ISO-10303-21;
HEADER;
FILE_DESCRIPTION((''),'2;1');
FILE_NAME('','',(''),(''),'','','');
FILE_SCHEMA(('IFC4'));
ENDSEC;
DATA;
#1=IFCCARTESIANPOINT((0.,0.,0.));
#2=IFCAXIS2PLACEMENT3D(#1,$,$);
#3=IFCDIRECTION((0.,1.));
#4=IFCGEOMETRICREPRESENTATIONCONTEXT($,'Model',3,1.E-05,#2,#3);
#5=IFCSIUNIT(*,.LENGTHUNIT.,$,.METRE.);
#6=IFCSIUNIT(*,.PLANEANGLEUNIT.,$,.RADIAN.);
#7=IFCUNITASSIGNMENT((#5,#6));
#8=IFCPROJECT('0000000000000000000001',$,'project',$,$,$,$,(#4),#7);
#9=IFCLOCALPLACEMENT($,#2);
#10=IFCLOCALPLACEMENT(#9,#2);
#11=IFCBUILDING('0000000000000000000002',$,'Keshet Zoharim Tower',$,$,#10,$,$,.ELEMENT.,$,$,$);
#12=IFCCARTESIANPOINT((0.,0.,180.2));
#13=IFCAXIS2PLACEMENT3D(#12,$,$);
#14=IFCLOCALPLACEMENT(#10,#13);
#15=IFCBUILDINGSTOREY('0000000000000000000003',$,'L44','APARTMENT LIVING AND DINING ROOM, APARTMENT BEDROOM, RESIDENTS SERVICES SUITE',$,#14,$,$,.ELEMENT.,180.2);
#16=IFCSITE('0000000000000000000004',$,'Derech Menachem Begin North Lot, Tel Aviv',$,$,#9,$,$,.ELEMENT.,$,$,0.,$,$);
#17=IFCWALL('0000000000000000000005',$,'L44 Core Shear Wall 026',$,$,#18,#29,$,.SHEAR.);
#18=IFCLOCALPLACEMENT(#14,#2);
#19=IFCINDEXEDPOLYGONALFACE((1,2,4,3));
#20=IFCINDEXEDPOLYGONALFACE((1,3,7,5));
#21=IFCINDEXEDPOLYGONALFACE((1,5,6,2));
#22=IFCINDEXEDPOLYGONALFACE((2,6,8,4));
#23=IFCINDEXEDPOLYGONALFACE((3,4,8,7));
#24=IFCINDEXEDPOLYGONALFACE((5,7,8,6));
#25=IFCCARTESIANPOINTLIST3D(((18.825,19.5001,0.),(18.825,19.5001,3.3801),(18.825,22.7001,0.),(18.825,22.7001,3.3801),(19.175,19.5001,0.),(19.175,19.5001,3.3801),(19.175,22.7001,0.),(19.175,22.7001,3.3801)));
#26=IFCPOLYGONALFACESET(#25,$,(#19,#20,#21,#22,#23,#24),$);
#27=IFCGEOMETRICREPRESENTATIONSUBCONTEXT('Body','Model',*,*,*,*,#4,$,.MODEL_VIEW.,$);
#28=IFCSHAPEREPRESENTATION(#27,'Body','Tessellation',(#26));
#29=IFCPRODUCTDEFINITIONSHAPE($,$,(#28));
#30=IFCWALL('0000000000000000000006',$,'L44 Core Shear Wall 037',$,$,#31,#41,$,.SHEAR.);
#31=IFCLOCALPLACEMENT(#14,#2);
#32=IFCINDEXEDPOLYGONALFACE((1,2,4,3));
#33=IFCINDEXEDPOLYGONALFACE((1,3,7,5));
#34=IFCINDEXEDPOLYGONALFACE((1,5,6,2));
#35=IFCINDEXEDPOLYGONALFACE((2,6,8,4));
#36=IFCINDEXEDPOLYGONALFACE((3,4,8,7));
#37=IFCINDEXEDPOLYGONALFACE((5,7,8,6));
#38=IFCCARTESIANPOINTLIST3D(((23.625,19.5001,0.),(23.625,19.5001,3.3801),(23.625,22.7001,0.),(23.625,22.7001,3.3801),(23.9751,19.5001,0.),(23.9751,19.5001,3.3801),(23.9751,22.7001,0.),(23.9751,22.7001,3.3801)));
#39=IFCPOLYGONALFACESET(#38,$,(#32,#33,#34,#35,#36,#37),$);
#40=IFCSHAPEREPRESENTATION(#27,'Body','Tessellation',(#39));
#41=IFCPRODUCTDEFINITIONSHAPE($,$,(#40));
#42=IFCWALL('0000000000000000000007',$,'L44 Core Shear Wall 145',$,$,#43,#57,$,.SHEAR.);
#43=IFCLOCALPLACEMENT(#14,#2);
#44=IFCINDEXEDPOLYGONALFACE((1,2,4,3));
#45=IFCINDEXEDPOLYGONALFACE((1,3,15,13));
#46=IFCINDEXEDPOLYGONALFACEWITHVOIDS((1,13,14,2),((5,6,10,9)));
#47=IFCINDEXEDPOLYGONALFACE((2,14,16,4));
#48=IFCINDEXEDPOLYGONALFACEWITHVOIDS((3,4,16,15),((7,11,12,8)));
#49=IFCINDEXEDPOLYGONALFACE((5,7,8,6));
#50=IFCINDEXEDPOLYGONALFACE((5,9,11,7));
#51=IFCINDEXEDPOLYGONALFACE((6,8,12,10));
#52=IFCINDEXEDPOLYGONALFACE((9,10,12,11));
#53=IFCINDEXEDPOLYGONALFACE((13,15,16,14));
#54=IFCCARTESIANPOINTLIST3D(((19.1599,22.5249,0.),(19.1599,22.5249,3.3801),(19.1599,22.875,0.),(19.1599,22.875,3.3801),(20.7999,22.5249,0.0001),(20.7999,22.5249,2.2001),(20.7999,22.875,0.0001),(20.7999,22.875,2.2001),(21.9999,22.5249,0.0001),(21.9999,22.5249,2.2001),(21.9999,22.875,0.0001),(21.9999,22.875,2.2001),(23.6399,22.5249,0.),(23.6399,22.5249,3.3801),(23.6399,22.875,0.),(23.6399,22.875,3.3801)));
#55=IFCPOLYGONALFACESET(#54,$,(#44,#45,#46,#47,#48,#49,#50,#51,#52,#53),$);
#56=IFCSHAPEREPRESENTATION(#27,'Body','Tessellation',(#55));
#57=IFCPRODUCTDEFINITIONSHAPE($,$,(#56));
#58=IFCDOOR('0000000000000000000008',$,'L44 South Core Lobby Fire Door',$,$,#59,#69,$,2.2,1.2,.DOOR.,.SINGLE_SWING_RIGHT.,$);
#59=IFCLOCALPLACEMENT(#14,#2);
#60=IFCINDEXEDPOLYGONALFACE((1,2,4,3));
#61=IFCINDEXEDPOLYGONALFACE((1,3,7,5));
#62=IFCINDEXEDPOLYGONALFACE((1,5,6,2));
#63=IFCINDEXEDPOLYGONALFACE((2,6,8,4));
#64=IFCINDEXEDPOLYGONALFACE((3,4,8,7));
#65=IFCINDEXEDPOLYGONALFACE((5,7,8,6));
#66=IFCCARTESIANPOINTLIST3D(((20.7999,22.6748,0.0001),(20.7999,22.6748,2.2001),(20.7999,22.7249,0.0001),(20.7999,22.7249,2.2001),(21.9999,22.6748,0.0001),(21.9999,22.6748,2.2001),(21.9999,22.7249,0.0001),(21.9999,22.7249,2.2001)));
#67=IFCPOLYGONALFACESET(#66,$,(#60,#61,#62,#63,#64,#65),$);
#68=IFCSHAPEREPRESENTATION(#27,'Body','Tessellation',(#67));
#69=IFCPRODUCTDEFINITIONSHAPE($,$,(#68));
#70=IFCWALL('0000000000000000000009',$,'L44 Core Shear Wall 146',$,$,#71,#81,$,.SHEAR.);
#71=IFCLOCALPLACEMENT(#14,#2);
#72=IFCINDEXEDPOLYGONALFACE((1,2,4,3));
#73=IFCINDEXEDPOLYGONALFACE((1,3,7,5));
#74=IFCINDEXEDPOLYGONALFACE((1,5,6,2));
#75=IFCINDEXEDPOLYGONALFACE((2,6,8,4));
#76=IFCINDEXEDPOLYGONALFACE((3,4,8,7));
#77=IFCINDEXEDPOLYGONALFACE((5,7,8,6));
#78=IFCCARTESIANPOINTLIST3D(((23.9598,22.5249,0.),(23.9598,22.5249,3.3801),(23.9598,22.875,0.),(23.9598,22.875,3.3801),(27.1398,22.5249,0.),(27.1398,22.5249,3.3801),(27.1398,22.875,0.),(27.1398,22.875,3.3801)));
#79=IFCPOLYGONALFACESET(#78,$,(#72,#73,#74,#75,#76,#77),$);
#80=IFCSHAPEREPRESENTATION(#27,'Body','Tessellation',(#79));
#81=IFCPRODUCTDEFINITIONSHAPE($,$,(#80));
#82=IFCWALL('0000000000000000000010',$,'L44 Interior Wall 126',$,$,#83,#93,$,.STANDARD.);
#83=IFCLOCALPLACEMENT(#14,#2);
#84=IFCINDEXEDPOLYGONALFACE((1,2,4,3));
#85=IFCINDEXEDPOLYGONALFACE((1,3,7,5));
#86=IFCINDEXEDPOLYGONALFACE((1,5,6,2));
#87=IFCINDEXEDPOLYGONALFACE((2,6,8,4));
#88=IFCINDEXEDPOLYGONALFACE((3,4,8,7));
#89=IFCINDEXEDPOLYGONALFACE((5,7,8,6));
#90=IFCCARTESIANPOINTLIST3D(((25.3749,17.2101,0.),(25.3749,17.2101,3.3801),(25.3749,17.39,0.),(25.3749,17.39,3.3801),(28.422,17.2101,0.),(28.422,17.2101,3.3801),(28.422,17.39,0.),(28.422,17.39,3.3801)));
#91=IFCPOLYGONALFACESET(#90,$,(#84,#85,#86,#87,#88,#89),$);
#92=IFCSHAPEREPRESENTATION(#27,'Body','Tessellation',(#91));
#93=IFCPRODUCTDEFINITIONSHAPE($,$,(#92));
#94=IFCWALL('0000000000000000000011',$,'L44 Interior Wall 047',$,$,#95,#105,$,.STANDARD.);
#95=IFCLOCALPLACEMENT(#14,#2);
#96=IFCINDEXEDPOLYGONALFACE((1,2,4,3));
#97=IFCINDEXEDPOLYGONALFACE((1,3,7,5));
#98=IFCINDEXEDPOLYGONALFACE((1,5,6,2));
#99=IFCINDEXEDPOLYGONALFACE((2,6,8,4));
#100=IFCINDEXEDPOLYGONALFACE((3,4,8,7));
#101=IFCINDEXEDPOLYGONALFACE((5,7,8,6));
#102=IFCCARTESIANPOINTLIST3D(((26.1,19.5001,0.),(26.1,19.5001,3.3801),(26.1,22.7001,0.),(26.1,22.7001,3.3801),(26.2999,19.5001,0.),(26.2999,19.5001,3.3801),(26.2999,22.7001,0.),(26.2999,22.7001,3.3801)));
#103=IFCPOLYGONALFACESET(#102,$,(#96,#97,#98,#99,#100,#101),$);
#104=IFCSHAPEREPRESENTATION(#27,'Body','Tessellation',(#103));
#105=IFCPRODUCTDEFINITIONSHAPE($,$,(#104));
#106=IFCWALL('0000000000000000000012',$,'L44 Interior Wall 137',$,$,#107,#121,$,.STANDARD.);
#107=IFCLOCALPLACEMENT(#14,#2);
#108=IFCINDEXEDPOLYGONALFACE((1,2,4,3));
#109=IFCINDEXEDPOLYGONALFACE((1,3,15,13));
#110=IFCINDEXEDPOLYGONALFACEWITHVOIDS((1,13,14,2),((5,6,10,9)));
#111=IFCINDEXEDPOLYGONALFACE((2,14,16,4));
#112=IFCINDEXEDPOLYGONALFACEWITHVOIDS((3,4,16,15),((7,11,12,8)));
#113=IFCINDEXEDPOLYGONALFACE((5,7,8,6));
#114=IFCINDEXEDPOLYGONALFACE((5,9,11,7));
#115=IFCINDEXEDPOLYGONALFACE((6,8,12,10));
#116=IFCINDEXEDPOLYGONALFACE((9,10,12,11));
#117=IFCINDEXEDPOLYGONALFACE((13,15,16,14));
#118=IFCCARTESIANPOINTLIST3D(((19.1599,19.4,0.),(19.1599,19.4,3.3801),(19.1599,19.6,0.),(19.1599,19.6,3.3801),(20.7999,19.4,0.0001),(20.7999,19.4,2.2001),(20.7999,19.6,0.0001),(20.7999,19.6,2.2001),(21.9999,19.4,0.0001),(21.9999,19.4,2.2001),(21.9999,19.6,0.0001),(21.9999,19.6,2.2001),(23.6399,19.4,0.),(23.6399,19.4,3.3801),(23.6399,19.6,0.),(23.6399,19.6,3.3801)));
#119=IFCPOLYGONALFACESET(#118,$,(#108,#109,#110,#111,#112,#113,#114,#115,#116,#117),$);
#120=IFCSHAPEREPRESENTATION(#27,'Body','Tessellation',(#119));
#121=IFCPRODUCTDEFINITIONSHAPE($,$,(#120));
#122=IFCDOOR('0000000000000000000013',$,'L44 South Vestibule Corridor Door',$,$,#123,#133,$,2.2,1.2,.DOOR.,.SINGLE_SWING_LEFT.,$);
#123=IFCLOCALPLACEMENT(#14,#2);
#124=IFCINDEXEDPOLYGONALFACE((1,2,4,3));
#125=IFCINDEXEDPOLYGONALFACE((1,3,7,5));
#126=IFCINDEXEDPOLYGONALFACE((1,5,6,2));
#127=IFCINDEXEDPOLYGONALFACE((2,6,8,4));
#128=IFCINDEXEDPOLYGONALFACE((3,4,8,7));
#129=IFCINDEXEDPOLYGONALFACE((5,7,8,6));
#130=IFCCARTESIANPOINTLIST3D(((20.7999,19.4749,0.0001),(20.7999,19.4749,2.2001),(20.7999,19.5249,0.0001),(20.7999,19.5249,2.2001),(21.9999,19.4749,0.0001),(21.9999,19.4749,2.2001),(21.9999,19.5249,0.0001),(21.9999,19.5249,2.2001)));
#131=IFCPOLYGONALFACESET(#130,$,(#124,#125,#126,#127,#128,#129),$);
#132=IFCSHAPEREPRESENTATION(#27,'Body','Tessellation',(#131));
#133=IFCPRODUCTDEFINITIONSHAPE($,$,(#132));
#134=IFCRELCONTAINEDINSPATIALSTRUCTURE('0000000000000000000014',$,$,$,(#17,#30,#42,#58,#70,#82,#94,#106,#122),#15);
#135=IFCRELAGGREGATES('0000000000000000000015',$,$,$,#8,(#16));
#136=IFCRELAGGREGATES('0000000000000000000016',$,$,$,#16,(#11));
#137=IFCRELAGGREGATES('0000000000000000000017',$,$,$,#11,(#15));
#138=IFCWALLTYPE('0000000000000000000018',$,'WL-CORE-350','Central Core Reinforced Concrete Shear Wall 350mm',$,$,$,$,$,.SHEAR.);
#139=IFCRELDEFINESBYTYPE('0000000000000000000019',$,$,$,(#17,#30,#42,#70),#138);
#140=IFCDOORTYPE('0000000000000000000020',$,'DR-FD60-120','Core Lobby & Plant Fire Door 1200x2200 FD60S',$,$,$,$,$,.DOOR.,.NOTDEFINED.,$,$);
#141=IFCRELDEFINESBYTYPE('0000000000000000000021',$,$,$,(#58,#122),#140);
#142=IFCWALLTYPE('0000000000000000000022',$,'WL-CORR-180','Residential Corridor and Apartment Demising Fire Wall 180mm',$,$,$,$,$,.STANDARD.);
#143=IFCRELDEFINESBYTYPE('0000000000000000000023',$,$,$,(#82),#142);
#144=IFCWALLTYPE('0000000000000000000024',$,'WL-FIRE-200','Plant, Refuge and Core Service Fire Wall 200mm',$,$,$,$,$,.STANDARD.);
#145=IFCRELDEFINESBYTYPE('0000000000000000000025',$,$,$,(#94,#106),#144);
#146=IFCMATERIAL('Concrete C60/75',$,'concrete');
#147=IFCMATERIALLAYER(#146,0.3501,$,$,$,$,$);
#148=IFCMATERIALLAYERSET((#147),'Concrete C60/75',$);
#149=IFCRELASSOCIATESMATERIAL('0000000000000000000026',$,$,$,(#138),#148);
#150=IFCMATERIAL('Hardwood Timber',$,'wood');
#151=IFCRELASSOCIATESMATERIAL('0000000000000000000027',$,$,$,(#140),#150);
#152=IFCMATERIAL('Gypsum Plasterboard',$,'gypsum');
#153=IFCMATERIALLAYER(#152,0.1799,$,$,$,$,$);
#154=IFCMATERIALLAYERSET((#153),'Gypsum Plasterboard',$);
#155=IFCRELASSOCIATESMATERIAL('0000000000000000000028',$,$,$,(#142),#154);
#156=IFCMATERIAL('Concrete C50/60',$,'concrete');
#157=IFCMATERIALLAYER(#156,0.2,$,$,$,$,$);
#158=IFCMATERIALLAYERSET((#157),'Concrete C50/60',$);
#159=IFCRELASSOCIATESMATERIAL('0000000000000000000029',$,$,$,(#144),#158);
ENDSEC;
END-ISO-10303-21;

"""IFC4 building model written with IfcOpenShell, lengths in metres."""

from ifc_helpers import new_model, si_unit, direction, frame, frame_2d, origin, place, context, subcontext, project, spatial, rectangle, extrude, material, layer, layer_set, type_object, element, fill, save


model = new_model("IFC4")

# Units and contexts
model_context = context("Model", 3, precision=1e-05, world=origin(), true_north=direction((0.0, 1.0)))
body_context = subcontext(model_context, "Body", "Model", "MODEL_VIEW")
ifc_project = project(units=[si_unit("LENGTHUNIT", "METRE"), si_unit("PLANEANGLEUNIT", "RADIAN")], contexts=[model_context])

# Site, building, storey
site_placement = place(None, origin())
site = spatial("IfcSite", under=ifc_project, at=site_placement, Name="Derech Menachem Begin North Lot, Tel Aviv", CompositionType="ELEMENT", RefElevation=0.0)
building_placement = place(site_placement, origin())
building = spatial("IfcBuilding", under=site, at=building_placement, Name="Keshet Zoharim Tower", CompositionType="ELEMENT")
storey_placement = place(building_placement, frame((0.0, 0.0, 180.2)))
storey = spatial("IfcBuildingStorey", under=building, at=storey_placement, Name="L44", Description="APARTMENT LIVING AND DINING ROOM, APARTMENT BEDROOM, RESIDENTS SERVICES SUITE", CompositionType="ELEMENT", Elevation=180.2)

# Wall
ifc_material_1 = material(Name="Concrete C60/75", Category="concrete")
ifc_layer_1 = layer(ifc_material_1, 0.3501)
ifc_layer_set_1 = layer_set([ifc_layer_1], Name="Concrete C60/75")
wall_type_1 = type_object("IfcWallType", Name="WL-CORE-350", Description="Central Core Reinforced Concrete Shear Wall 350mm", PredefinedType="SHEAR", material=ifc_layer_set_1)
wall_1_placement = place(storey_placement, frame((19.0, 19.5, 0.0), z_axis=(0.0, 0.0, 1.0), x_axis=(0.0, 1.0, 0.0)))
element("IfcWall", 1, at=wall_1_placement, inside=storey, type_object=wall_type_1, Name="L44 Core Shear Wall 026", PredefinedType="SHEAR", context=body_context, shape_type="SweptSolid", body=[
    extrude(rectangle(XDim=3.2, YDim=0.3501, at=frame_2d((1.6001, 0.0))), origin(), (0.0, 0.0, 1.0), 3.3801),
])

# Shared definitions
ifc_material_2 = material(Name="Hardwood Timber", Category="wood")

# Wall
wall_2_placement = place(storey_placement, frame((23.8, 19.5, 0.0), z_axis=(0.0, 0.0, 1.0), x_axis=(0.0, 1.0, 0.0)))
element("IfcWall", 2, at=wall_2_placement, inside=storey, type_object=wall_type_1, Name="L44 Core Shear Wall 037", PredefinedType="SHEAR", context=body_context, shape_type="SweptSolid", body=[
    extrude(rectangle(XDim=3.2, YDim=0.3501, at=frame_2d((1.6001, 0.0))), origin(), (0.0, 0.0, 1.0), 3.3801),
])

# Wall, opening, door
wall_3_placement = place(storey_placement, frame((19.1599, 22.7, 0.0), z_axis=(0.0, 0.0, 1.0), x_axis=(1.0, 0.0, 0.0)))
wall_3 = element("IfcWall", 3, at=wall_3_placement, inside=storey, type_object=wall_type_1, Name="L44 Core Shear Wall 145", PredefinedType="SHEAR", context=body_context, shape_type="SweptSolid", body=[
    extrude(rectangle(XDim=4.48, YDim=0.3501, at=frame_2d((2.24, 0.0))), origin(), (0.0, 0.0, 1.0), 3.3801),
])
opening_1_placement = place(wall_3_placement, frame((1.6399, 0.0, 0.0)))
opening_1 = element("IfcOpeningElement", 4, at=opening_1_placement, cuts=wall_3, PredefinedType="OPENING", context=body_context, shape_type="SweptSolid", body=[
    extrude(rectangle(XDim=1.2, YDim=2.2, at=frame_2d((0.6001, 1.1001))), frame((0.0, 0.1851, 0.0), z_axis=(0.0, -1.0, 0.0), x_axis=(1.0, 0.0, 0.0)), (0.0, 0.0, 1.0), 0.3701),
])
door_type_1 = type_object("IfcDoorType", Name="DR-FD60-120", Description="Core Lobby & Plant Fire Door 1200x2200 FD60S", OperationType="NOTDEFINED", PredefinedType="DOOR", material=ifc_material_2)
door_1_placement = place(opening_1_placement, origin())
door_1 = element("IfcDoor", 5, at=door_1_placement, inside=storey, type_object=door_type_1, Name="L44 South Core Lobby Fire Door", OperationType="SINGLE_SWING_RIGHT", OverallHeight=2.2, OverallWidth=1.2, PredefinedType="DOOR", context=body_context, shape_type="SweptSolid", body=[
    extrude(rectangle(XDim=1.2, YDim=2.2, at=frame_2d((0.6001, 1.1001))), frame((0.0, 0.0249, 0.0), z_axis=(0.0, -1.0, 0.0), x_axis=(1.0, 0.0, 0.0)), (0.0, 0.0, 1.0), 0.05),
])
fill(opening_1, door_1)

# Wall
wall_4_placement = place(storey_placement, frame((23.96, 22.7, 0.0), z_axis=(0.0, 0.0, 1.0), x_axis=(1.0, 0.0, 0.0)))
element("IfcWall", 6, at=wall_4_placement, inside=storey, type_object=wall_type_1, Name="L44 Core Shear Wall 146", PredefinedType="SHEAR", context=body_context, shape_type="SweptSolid", body=[
    extrude(rectangle(XDim=3.1799, YDim=0.3501, at=frame_2d((1.5898, 0.0))), origin(), (0.0, 0.0, 1.0), 3.3801),
])

# Shared definitions
ifc_material_3 = material(Name="Gypsum Plasterboard", Category="gypsum")
ifc_layer_2 = layer(ifc_material_3, 0.1799)
ifc_layer_set_2 = layer_set([ifc_layer_2], Name="Gypsum Plasterboard")
wall_type_2 = type_object("IfcWallType", Name="WL-CORR-180", Description="Residential Corridor and Apartment Demising Fire Wall 180mm", PredefinedType="STANDARD", material=ifc_layer_set_2)

# Walls
wall_5_placement = place(storey_placement, frame((25.375, 17.3, 0.0), z_axis=(0.0, 0.0, 1.0), x_axis=(1.0, 0.0, 0.0)))
element("IfcWall", 7, at=wall_5_placement, inside=storey, type_object=wall_type_2, Name="L44 Interior Wall 126", PredefinedType="STANDARD", context=body_context, shape_type="SweptSolid", body=[
    extrude(rectangle(XDim=3.0471, YDim=0.1799, at=frame_2d((1.5234, 0.0))), origin(), (0.0, 0.0, 1.0), 3.3801),
])
ifc_material_4 = material(Name="Concrete C50/60", Category="concrete")
ifc_layer_3 = layer(ifc_material_4, 0.2)
ifc_layer_set_3 = layer_set([ifc_layer_3], Name="Concrete C50/60")
wall_type_3 = type_object("IfcWallType", Name="WL-FIRE-200", Description="Plant, Refuge and Core Service Fire Wall 200mm", PredefinedType="STANDARD", material=ifc_layer_set_3)
wall_6_placement = place(storey_placement, frame((26.2, 19.5, 0.0), z_axis=(0.0, 0.0, 1.0), x_axis=(0.0, 1.0, 0.0)))
element("IfcWall", 8, at=wall_6_placement, inside=storey, type_object=wall_type_3, Name="L44 Interior Wall 047", PredefinedType="STANDARD", context=body_context, shape_type="SweptSolid", body=[
    extrude(rectangle(XDim=3.2, YDim=0.2, at=frame_2d((1.6001, 0.0))), origin(), (0.0, 0.0, 1.0), 3.3801),
])

# Wall, opening, door
wall_7_placement = place(storey_placement, frame((19.1599, 19.5, 0.0), z_axis=(0.0, 0.0, 1.0), x_axis=(1.0, 0.0, 0.0)))
wall_7 = element("IfcWall", 9, at=wall_7_placement, inside=storey, type_object=wall_type_3, Name="L44 Interior Wall 137", PredefinedType="STANDARD", context=body_context, shape_type="SweptSolid", body=[
    extrude(rectangle(XDim=4.48, YDim=0.2, at=frame_2d((2.24, 0.0))), origin(), (0.0, 0.0, 1.0), 3.3801),
])
opening_2_placement = place(wall_7_placement, frame((1.6399, 0.0, 0.0)))
opening_2 = element("IfcOpeningElement", 10, at=opening_2_placement, cuts=wall_7, PredefinedType="OPENING", context=body_context, shape_type="SweptSolid", body=[
    extrude(rectangle(XDim=1.2, YDim=2.2, at=frame_2d((0.6001, 1.1001))), frame((0.0, 0.1099, 0.0), z_axis=(0.0, -1.0, 0.0), x_axis=(1.0, 0.0, 0.0)), (0.0, 0.0, 1.0), 0.22),
])
door_2_placement = place(opening_2_placement, origin())
door_2 = element("IfcDoor", 11, at=door_2_placement, inside=storey, type_object=door_type_1, Name="L44 South Vestibule Corridor Door", OperationType="SINGLE_SWING_LEFT", OverallHeight=2.2, OverallWidth=1.2, PredefinedType="DOOR", context=body_context, shape_type="SweptSolid", body=[
    extrude(rectangle(XDim=1.2, YDim=2.2, at=frame_2d((0.6001, 1.1001))), frame((0.0, 0.0249, 0.0), z_axis=(0.0, -1.0, 0.0), x_axis=(1.0, 0.0, 0.0)), (0.0, 0.0, 1.0), 0.05),
])
fill(opening_2, door_2)

save(model, "model.ifc")
